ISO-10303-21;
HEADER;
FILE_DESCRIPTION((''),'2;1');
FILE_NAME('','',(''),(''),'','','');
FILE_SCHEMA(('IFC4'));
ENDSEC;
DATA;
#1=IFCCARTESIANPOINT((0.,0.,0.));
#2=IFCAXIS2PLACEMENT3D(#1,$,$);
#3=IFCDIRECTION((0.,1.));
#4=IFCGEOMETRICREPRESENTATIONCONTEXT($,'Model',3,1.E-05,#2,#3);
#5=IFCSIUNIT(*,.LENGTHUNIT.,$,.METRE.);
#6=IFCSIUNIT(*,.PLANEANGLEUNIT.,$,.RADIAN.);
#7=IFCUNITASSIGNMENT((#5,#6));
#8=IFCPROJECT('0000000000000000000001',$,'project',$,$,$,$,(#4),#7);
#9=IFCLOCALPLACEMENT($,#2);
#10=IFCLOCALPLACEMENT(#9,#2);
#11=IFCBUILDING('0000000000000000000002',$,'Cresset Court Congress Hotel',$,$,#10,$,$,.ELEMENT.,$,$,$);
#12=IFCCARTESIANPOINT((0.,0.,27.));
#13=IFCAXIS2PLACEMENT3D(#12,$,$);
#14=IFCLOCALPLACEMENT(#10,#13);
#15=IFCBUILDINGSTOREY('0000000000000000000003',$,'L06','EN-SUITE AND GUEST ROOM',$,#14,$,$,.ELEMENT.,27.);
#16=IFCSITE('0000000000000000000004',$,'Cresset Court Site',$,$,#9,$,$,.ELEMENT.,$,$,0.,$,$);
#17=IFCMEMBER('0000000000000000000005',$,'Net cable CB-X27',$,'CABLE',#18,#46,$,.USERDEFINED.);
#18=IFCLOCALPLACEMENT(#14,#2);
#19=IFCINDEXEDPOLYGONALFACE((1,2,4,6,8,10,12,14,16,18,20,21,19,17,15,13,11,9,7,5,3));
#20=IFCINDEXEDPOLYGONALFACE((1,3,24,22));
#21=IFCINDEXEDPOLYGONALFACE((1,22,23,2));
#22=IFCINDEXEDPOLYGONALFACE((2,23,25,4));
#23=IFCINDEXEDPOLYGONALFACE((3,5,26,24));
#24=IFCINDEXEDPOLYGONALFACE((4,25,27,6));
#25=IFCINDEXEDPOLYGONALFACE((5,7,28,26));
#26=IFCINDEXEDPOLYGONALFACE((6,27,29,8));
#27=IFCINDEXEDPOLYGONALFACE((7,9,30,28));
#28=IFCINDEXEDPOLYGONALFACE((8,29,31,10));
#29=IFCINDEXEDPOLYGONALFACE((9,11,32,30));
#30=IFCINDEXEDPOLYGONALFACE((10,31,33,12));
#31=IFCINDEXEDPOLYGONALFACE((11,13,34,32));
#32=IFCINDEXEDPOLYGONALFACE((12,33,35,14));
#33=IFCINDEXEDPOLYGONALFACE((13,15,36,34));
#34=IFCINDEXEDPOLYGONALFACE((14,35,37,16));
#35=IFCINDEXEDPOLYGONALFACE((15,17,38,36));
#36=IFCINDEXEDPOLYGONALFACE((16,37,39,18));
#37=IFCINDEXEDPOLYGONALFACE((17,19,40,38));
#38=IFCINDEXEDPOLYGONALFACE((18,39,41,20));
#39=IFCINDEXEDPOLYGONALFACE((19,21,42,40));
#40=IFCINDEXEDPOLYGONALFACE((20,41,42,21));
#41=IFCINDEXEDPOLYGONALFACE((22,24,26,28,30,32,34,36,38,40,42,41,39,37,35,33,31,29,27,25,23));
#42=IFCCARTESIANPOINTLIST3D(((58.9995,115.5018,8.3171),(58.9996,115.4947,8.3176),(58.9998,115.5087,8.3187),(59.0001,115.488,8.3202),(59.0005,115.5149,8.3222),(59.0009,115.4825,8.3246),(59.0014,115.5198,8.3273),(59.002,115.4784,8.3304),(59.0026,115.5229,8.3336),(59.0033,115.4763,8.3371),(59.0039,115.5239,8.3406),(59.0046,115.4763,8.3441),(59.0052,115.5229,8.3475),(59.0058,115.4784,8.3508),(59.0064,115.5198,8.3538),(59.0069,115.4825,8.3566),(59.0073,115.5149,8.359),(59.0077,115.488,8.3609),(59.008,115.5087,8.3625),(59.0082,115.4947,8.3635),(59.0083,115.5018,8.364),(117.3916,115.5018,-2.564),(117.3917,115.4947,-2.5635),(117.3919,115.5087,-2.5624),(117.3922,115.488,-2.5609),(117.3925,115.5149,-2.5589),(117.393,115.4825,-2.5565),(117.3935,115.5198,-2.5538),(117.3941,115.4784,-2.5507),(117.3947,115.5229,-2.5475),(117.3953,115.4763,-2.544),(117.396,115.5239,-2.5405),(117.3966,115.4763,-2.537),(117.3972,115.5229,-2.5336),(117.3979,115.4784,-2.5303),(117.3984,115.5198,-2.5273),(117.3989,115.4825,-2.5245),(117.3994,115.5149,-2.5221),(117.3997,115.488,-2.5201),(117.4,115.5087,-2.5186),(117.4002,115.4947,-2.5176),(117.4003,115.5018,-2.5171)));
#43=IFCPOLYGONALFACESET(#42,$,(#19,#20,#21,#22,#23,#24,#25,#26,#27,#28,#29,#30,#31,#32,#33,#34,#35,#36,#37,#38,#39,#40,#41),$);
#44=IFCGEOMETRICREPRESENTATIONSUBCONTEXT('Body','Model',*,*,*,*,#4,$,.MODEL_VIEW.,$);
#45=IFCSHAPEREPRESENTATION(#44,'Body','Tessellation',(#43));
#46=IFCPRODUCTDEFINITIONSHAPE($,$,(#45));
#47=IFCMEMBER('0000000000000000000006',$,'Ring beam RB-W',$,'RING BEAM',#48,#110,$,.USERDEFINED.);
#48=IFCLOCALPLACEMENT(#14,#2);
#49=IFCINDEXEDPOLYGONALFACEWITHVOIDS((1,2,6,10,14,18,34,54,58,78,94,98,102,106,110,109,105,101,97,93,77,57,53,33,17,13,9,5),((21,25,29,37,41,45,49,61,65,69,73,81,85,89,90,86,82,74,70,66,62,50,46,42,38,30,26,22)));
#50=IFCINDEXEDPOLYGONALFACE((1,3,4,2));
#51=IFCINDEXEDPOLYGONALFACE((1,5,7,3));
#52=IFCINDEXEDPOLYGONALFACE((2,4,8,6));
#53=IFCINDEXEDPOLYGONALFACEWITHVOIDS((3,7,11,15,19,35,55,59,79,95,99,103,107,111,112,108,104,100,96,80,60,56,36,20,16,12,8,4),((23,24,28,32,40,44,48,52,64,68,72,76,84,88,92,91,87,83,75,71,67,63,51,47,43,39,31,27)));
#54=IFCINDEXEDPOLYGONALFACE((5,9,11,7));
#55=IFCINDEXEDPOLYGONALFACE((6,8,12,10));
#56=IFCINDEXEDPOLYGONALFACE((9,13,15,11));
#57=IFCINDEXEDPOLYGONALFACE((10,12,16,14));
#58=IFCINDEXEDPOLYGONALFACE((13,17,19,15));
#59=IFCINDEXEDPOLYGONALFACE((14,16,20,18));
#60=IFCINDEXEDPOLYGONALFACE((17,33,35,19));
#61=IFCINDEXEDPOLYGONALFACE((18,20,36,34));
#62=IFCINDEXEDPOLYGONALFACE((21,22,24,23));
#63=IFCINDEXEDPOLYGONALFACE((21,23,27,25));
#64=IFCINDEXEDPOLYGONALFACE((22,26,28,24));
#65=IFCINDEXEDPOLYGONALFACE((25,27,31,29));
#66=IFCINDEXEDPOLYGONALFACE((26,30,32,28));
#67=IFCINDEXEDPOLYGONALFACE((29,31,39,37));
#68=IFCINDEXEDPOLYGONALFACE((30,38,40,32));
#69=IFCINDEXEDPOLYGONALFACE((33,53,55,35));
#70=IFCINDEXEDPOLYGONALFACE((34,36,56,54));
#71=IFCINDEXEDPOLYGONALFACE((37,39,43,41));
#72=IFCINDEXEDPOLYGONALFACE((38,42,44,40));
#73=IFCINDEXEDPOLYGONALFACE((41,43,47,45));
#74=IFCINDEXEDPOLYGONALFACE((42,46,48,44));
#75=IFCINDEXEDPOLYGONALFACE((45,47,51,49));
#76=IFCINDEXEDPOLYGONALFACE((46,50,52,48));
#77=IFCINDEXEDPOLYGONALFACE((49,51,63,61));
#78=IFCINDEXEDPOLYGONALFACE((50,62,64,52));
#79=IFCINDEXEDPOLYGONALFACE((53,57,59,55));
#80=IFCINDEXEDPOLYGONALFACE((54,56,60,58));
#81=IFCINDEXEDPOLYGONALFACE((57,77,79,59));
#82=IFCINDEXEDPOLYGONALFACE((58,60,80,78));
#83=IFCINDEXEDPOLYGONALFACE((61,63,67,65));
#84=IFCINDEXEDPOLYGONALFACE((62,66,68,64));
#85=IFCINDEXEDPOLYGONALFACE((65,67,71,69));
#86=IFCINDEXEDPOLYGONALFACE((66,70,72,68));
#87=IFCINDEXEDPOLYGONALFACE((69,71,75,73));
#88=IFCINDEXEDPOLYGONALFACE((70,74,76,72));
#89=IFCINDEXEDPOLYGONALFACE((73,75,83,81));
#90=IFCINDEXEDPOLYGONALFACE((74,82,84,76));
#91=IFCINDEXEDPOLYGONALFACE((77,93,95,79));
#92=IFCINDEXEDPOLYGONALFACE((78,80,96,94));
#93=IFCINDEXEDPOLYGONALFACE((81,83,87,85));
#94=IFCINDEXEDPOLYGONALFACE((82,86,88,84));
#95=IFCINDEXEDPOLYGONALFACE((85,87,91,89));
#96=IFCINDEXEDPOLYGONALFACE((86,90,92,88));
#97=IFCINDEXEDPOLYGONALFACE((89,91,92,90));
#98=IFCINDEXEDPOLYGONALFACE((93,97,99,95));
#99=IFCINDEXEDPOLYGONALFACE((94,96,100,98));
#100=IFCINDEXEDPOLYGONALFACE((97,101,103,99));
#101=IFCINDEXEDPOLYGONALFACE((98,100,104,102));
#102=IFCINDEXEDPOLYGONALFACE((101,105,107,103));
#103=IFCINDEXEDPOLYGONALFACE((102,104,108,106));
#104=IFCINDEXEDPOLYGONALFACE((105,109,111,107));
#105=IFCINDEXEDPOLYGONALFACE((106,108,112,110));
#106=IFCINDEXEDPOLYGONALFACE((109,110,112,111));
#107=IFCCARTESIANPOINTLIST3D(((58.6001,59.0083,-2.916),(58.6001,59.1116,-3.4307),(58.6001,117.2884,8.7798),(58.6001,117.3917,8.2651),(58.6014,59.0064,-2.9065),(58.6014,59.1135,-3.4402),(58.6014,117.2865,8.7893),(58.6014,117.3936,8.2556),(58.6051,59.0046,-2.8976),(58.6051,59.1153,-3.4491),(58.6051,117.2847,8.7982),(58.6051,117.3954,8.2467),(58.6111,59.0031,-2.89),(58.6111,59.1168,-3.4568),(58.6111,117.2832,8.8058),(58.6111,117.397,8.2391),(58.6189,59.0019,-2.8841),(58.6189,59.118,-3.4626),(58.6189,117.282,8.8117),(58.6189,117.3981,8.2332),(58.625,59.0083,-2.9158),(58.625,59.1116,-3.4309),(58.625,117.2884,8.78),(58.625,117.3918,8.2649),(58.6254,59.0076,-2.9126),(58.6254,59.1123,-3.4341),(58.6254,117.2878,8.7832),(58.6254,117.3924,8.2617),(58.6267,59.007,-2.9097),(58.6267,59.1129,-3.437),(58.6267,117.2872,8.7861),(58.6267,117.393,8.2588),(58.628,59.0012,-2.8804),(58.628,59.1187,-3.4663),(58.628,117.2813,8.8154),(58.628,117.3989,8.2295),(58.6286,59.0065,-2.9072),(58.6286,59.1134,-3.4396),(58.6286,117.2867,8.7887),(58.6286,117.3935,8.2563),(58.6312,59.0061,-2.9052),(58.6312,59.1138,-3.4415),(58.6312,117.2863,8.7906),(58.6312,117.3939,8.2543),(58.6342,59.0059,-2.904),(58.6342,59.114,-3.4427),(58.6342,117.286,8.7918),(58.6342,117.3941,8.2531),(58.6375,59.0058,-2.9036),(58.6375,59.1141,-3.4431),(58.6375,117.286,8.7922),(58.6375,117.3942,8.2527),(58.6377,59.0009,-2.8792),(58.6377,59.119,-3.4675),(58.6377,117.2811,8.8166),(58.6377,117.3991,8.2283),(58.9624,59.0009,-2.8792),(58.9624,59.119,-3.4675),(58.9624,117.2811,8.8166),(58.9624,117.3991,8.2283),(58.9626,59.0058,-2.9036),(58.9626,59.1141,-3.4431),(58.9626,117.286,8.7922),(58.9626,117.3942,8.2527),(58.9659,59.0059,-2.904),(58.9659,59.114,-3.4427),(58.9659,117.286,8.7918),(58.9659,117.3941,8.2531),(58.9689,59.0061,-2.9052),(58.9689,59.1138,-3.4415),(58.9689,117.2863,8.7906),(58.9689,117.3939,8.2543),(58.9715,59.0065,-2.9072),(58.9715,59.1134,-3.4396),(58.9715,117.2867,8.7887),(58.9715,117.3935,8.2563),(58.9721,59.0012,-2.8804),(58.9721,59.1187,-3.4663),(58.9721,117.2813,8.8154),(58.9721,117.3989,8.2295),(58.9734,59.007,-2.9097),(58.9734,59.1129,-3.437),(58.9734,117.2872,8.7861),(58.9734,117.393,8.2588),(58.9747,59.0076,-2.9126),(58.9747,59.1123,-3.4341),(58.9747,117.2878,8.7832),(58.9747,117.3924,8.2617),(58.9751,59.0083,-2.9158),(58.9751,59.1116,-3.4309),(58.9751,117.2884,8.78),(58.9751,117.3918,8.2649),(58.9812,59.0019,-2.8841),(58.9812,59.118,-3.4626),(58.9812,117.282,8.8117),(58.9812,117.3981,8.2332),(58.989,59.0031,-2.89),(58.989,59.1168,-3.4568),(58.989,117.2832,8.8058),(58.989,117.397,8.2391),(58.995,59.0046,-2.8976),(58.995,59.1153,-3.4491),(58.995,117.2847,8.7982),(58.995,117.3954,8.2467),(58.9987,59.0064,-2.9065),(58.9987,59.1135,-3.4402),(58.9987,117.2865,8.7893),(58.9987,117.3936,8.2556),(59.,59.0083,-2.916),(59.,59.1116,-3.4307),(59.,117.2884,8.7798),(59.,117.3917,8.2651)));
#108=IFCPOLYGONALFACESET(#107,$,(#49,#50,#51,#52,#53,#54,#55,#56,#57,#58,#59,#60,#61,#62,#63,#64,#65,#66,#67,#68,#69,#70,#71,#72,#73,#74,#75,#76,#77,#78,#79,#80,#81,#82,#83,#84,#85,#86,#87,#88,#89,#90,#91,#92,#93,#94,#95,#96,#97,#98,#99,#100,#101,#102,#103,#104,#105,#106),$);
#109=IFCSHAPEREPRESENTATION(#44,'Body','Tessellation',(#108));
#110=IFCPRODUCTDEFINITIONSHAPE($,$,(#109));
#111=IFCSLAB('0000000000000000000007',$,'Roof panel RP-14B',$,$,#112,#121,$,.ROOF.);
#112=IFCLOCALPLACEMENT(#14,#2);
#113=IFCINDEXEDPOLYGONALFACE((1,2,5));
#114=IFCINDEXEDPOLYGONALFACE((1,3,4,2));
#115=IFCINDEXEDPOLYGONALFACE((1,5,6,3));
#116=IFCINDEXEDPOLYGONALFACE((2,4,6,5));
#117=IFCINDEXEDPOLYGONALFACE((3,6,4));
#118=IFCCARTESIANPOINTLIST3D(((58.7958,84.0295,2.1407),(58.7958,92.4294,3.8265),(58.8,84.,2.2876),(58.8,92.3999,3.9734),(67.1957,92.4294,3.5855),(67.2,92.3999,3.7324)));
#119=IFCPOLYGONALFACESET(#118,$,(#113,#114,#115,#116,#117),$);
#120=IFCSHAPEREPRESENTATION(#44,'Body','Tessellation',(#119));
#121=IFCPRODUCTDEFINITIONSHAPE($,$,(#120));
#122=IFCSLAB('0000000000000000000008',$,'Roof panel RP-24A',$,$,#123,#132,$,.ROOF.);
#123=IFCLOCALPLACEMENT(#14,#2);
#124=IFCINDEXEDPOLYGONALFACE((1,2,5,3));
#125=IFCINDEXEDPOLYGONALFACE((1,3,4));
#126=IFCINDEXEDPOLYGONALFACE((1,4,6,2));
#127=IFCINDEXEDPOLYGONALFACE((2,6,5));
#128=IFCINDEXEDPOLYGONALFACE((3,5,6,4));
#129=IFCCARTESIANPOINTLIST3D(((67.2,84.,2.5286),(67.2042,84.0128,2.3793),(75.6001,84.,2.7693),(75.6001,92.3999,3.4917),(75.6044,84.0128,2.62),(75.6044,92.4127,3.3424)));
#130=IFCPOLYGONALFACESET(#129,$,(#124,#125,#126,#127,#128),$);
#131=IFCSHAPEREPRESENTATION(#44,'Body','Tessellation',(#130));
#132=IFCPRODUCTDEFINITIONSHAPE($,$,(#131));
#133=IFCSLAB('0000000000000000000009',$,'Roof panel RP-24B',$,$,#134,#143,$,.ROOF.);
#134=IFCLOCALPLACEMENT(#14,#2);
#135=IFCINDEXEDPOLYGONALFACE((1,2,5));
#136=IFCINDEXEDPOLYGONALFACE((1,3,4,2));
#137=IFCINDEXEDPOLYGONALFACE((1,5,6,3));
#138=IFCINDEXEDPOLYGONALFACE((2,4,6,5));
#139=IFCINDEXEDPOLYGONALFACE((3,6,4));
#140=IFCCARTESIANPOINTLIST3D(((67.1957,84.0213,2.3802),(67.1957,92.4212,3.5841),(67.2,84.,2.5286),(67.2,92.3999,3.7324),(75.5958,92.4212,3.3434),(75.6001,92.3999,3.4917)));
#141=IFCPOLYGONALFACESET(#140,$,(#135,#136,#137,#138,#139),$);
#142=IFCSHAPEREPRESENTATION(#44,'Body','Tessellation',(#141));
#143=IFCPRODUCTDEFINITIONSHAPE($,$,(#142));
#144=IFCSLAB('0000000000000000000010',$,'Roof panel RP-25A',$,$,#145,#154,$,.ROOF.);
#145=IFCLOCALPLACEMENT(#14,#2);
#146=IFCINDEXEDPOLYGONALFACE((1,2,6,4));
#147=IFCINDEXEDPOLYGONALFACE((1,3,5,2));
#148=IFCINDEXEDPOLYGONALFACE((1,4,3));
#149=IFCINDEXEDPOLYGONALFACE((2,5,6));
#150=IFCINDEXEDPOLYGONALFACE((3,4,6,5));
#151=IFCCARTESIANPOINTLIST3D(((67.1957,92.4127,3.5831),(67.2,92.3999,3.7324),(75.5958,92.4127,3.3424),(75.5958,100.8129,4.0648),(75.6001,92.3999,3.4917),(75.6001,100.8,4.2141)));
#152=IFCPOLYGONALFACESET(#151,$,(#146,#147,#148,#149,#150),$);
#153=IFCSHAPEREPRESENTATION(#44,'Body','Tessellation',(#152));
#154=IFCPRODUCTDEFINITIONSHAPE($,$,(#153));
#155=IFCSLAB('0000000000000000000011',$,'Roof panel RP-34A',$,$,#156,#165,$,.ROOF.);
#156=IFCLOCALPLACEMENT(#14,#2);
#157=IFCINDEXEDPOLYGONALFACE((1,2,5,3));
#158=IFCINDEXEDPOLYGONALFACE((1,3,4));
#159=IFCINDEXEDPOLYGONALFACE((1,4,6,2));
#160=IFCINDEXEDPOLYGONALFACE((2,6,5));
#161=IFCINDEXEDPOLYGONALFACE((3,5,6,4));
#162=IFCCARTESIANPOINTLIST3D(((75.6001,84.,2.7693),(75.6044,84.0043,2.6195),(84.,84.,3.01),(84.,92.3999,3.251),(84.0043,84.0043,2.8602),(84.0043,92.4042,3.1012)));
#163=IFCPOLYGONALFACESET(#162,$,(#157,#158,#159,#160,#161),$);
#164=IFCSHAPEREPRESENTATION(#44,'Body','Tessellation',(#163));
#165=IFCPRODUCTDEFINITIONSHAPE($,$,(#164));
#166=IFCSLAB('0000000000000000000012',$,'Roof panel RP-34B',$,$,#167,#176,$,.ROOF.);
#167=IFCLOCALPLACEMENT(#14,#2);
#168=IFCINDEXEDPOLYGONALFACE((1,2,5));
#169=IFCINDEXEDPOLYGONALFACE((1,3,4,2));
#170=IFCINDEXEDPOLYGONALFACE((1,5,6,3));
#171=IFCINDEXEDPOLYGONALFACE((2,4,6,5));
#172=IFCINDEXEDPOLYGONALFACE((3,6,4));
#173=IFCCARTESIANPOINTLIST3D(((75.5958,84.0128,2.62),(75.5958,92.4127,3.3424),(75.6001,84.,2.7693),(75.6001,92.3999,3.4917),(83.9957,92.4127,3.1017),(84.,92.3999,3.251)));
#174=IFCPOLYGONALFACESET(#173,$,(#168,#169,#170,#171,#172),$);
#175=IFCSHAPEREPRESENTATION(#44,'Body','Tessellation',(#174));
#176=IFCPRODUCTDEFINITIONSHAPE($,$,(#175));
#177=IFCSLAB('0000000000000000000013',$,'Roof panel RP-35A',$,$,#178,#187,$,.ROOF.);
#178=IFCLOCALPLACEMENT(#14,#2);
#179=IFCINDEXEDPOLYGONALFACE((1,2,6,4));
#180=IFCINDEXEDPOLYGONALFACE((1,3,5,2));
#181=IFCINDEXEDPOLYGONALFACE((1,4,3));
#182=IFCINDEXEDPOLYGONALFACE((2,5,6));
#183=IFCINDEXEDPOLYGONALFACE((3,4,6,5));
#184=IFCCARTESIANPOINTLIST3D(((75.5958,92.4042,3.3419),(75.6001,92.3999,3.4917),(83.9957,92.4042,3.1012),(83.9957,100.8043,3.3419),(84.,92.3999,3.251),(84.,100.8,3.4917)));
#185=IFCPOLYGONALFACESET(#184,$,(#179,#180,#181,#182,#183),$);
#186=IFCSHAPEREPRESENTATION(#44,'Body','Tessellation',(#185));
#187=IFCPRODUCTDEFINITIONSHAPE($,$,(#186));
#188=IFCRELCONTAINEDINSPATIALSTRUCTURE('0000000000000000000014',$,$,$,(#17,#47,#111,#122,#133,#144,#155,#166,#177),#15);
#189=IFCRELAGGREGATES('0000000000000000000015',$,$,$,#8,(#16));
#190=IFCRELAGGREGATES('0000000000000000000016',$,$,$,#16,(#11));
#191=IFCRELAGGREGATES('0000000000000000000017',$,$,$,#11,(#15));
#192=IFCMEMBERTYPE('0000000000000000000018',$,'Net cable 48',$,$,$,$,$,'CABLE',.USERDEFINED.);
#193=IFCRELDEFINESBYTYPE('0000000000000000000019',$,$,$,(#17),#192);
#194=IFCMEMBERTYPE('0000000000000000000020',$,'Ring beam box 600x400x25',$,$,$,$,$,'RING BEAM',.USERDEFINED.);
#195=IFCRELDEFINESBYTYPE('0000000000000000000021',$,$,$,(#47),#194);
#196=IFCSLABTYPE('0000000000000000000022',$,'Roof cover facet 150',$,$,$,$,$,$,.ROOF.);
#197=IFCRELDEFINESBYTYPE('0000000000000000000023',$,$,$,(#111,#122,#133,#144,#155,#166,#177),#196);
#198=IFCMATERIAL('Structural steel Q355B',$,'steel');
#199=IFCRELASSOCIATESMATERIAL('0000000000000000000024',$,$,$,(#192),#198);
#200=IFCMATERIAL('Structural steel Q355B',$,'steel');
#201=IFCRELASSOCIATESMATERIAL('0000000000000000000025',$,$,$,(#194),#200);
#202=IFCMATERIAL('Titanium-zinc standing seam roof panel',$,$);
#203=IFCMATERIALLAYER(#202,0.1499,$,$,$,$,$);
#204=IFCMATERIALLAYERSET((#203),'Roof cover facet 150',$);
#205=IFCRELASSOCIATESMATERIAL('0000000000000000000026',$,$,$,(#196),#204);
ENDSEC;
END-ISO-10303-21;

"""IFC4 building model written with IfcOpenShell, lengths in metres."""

from ifc_helpers import new_model, si_unit, direction, frame, origin, origin_2d, place, context, subcontext, project, spatial, polyline, hollow_rectangle, circle, outline, extrude, material, layer, layer_set, material_profile, profile_set, type_object, element, save


model = new_model("IFC4")

# Units and contexts
model_context = context("Model", 3, precision=1e-05, world=origin(), true_north=direction((0.0, 1.0)))
body_context = subcontext(model_context, "Body", "Model", "MODEL_VIEW")
ifc_project = project(units=[si_unit("LENGTHUNIT", "METRE"), si_unit("PLANEANGLEUNIT", "RADIAN")], contexts=[model_context])

# Site, building, storey
site_placement = place(None, origin())
site = spatial("IfcSite", under=ifc_project, at=site_placement, Name="Cresset Court Site", CompositionType="ELEMENT", RefElevation=0.0)
building_placement = place(site_placement, origin())
building = spatial("IfcBuilding", under=site, at=building_placement, Name="Cresset Court Congress Hotel", CompositionType="ELEMENT")
storey_placement = place(building_placement, frame((0.0, 0.0, 27.0)))
storey = spatial("IfcBuildingStorey", under=building, at=storey_placement, Name="L06", Description="EN-SUITE AND GUEST ROOM", CompositionType="ELEMENT", Elevation=27.0)

# Members
ifc_material_1 = material(Name="Structural steel Q355B", Category="steel")
ifc_material_profile_1 = material_profile(ifc_material_1, circle(Radius=0.0239, at=origin_2d()), Name="CABLE48")
ifc_profile_set_1 = profile_set([ifc_material_profile_1], Name="Structural steel Q355B")
member_type_1 = type_object("IfcMemberType", Name="Net cable 48", ElementType="CABLE", PredefinedType="USERDEFINED", material=ifc_profile_set_1)
member_1_placement = place(storey_placement, frame((59.0039, 115.5, 8.3406), z_axis=(0.983077, 0.0, -0.183192), x_axis=(0.0, 1.0, 0.0)))
element("IfcMember", 1, at=member_1_placement, inside=storey, type_object=member_type_1, Name="Net cable CB-X27", ObjectType="CABLE", PredefinedType="USERDEFINED", context=body_context, shape_type="SweptSolid", body=[
    extrude(circle(Radius=0.0239, at=origin_2d()), origin(), (0.0, 0.0, 1.0), 59.3972),
])
ifc_material_2 = material(Name="Structural steel Q355B", Category="steel")
ifc_material_profile_2 = material_profile(ifc_material_2, hollow_rectangle(XDim=0.3999, YDim=0.6001, WallThickness=0.0249, InnerFilletRadius=0.0125, OuterFilletRadius=0.0376, at=origin_2d()), Name="RHS600x400x25")
ifc_profile_set_2 = profile_set([ifc_material_profile_2], Name="Structural steel Q355B")
member_type_2 = type_object("IfcMemberType", Name="Ring beam box 600x400x25", ElementType="RING BEAM", PredefinedType="USERDEFINED", material=ifc_profile_set_2)
member_2_placement = place(storey_placement, frame((58.8, 117.3401, 8.5225), z_axis=(0.0, -0.980452, -0.19676), x_axis=(1.0, 0.0, 0.0)))
element("IfcMember", 2, at=member_2_placement, inside=storey, type_object=member_type_2, Name="Ring beam RB-W", ObjectType="RING BEAM", PredefinedType="USERDEFINED", context=body_context, shape_type="SweptSolid", body=[
    extrude(hollow_rectangle(XDim=0.3999, YDim=0.6001, WallThickness=0.0249, InnerFilletRadius=0.0125, OuterFilletRadius=0.0376, at=origin_2d()), origin(), (0.0, 0.0, 1.0), 59.4421),
])

# Slabs
ifc_material_3 = material(Name="Titanium-zinc standing seam roof panel")
ifc_layer_1 = layer(ifc_material_3, 0.1499)
ifc_layer_set_1 = layer_set([ifc_layer_1], Name="Roof cover facet 150")
slab_type = type_object("IfcSlabType", Name="Roof cover facet 150", PredefinedType="ROOF", material=ifc_layer_set_1)
slab_1_placement = place(storey_placement, frame((58.8, 84.0, 2.2876), z_axis=(0.028115, -0.19669, 0.980062), x_axis=(0.701934, 0.701934, 0.120736)))
element("IfcSlab", 3, at=slab_1_placement, inside=storey, type_object=slab_type, Name="Roof panel RP-14B", PredefinedType="ROOF", context=body_context, shape_type="SweptSolid", body=[
    extrude(outline(polyline([(0.0, 0.0), (11.9668, 0.0), (6.0997, 6.0161), (0.0, 0.0)])), origin(), (0.0, 0.0, -1.0), 0.1499),
])
slab_2_placement = place(storey_placement, frame((67.2, 84.0, 2.5286), z_axis=(-0.02854, -0.085651, 0.995916), x_axis=(0.99959, 0.0, 0.028645)))
element("IfcSlab", 4, at=slab_2_placement, inside=storey, type_object=slab_type, Name="Roof panel RP-24A", PredefinedType="ROOF", context=body_context, shape_type="SweptSolid", body=[
    extrude(outline(polyline([(0.0, 0.0), (8.4036, 0.0), (8.4243, 8.4309), (0.0, 0.0)])), origin(), (0.0, 0.0, -1.0), 0.1499),
])
slab_3_placement = place(storey_placement, frame((67.2, 84.0, 2.5286), z_axis=(0.028356, -0.141811, 0.989487), x_axis=(0.704804, 0.704784, 0.080811)))
element("IfcSlab", 5, at=slab_3_placement, inside=storey, type_object=slab_type, Name="Roof panel RP-24B", PredefinedType="ROOF", context=body_context, shape_type="SweptSolid", body=[
    extrude(outline(polyline([(0.0, 0.0), (11.9184, 0.0), (6.0174, 5.9832), (0.0, 0.0)])), origin(), (0.0, 0.0, -1.0), 0.1499),
])
slab_4_placement = place(storey_placement, frame((67.2, 92.3999, 3.7324), z_axis=(0.02854, -0.085649, 0.995917), x_axis=(0.99959, 0.0, -0.028645)))
element("IfcSlab", 6, at=slab_4_placement, inside=storey, type_object=slab_type, Name="Roof panel RP-25A", PredefinedType="ROOF", context=body_context, shape_type="SweptSolid", body=[
    extrude(outline(polyline([(0.0, 0.0), (8.4036, 0.0), (8.3829, 8.4311), (0.0, 0.0)])), origin(), (0.0, 0.0, -1.0), 0.1499),
])
slab_5_placement = place(storey_placement, frame((75.6001, 84.0, 2.7693), z_axis=(-0.028634, -0.028663, 0.999179), x_axis=(0.99959, 0.0, 0.028646)))
element("IfcSlab", 7, at=slab_5_placement, inside=storey, type_object=slab_type, Name="Roof panel RP-34A", PredefinedType="ROOF", context=body_context, shape_type="SweptSolid", body=[
    extrude(outline(polyline([(0.0, 0.0), (8.4034, 0.0), (8.4103, 8.4034), (0.0, 0.0)])), origin(), (0.0, 0.0, -1.0), 0.1499),
])
slab_6_placement = place(storey_placement, frame((75.6001, 84.0, 2.7693), z_axis=(0.028541, -0.085651, 0.995916), x_axis=(0.706526, 0.706526, 0.040515)))
element("IfcSlab", 8, at=slab_6_placement, inside=storey, type_object=slab_type, Name="Roof panel RP-34B", PredefinedType="ROOF", context=body_context, shape_type="SweptSolid", body=[
    extrude(outline(polyline([(0.0, 0.0), (11.889, 0.0), (5.964, 5.9591), (0.0, 0.0)])), origin(), (0.0, 0.0, -1.0), 0.1499),
])
slab_7_placement = place(storey_placement, frame((75.6001, 92.3999, 3.4917), z_axis=(0.028634, -0.028633, 0.99918), x_axis=(0.99959, 0.0, -0.028646)))
element("IfcSlab", 9, at=slab_7_placement, inside=storey, type_object=slab_type, Name="Roof panel RP-35A", PredefinedType="ROOF", context=body_context, shape_type="SweptSolid", body=[
    extrude(outline(polyline([(0.0, 0.0), (8.4034, 0.0), (8.3965, 8.4036), (0.0, 0.0)])), origin(), (0.0, 0.0, -1.0), 0.1499),
])

save(model, "model.ifc")
